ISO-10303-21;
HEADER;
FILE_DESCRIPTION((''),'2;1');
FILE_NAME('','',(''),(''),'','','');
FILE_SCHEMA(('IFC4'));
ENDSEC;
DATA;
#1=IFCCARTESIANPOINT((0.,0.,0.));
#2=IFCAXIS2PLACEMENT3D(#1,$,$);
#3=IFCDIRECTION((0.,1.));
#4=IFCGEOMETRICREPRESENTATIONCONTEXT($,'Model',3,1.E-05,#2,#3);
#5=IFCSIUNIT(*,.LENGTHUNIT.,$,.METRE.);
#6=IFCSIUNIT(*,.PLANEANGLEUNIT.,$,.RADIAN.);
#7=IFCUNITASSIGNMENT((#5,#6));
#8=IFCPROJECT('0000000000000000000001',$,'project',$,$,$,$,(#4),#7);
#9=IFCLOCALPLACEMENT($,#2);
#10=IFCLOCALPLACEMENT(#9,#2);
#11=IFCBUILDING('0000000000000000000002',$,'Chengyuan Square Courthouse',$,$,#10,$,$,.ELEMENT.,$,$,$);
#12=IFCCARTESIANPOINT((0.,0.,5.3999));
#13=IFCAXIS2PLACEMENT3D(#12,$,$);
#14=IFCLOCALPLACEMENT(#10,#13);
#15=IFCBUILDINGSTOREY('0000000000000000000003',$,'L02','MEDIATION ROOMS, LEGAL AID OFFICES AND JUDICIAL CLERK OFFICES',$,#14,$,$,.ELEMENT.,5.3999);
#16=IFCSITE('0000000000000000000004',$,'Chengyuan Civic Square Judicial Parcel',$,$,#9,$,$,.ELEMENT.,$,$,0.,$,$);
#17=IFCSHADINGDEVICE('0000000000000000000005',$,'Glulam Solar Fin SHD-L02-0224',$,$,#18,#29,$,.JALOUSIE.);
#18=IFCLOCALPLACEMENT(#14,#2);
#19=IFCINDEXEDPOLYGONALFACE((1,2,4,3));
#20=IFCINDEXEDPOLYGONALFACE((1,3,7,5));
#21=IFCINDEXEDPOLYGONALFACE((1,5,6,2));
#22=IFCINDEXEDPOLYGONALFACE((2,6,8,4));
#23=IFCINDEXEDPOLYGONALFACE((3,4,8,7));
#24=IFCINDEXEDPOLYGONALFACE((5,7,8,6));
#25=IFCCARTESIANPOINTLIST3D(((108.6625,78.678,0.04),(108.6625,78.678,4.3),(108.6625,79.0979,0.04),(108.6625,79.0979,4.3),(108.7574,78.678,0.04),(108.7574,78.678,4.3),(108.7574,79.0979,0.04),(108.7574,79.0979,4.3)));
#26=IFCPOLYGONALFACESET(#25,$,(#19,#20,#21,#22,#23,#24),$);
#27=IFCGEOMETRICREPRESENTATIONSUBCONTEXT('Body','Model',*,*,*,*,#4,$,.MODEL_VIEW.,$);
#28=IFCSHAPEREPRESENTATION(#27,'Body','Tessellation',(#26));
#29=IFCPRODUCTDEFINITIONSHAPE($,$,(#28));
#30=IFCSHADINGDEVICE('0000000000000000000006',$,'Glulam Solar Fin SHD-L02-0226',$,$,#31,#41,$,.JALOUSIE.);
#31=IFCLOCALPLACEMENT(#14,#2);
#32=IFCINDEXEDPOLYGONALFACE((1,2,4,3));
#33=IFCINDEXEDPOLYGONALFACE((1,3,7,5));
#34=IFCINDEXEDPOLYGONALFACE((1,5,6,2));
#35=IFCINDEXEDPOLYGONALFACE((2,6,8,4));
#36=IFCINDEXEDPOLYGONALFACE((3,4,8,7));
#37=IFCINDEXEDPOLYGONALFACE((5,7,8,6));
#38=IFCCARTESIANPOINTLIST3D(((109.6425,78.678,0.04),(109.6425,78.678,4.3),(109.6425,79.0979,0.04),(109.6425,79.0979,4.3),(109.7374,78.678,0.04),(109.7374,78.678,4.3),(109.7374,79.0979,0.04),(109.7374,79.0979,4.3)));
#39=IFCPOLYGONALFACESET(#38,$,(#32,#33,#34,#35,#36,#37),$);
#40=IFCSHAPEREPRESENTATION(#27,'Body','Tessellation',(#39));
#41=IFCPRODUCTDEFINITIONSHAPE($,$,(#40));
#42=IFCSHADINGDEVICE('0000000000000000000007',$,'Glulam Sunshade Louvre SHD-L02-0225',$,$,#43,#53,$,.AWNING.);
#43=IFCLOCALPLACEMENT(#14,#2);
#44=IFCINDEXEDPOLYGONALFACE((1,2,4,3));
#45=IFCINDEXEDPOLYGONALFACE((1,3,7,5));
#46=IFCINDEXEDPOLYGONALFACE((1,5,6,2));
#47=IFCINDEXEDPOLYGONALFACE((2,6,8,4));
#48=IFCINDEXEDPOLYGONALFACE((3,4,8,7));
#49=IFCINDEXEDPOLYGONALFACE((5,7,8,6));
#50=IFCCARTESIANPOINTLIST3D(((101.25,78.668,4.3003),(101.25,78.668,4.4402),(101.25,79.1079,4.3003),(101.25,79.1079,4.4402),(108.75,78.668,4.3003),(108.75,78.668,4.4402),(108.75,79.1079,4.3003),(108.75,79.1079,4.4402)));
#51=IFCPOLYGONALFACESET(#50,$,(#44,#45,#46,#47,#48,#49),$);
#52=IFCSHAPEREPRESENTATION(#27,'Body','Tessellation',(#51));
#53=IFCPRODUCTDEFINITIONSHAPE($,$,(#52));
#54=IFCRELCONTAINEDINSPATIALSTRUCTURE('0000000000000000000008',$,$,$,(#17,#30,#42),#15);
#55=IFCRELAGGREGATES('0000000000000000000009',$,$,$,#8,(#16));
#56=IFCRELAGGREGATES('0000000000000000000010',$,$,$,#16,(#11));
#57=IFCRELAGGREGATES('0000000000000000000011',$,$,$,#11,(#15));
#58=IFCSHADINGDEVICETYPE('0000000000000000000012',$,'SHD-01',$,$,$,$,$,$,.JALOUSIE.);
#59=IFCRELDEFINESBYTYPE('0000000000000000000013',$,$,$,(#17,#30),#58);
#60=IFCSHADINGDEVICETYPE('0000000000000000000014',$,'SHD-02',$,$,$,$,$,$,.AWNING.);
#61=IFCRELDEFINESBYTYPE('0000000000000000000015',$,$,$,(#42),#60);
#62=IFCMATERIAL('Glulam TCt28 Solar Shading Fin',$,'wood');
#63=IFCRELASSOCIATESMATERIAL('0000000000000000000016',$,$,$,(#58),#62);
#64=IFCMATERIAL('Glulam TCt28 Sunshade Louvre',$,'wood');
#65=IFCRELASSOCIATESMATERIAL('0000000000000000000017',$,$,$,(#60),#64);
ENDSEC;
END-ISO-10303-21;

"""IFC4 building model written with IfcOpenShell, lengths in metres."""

from ifc_helpers import new_model, si_unit, direction, frame, origin, origin_2d, place, context, subcontext, project, spatial, rectangle, extrude, material, type_object, element, save


model = new_model("IFC4")

# Units and contexts
model_context = context("Model", 3, precision=1e-05, world=origin(), true_north=direction((0.0, 1.0)))
body_context = subcontext(model_context, "Body", "Model", "MODEL_VIEW")
ifc_project = project(units=[si_unit("LENGTHUNIT", "METRE"), si_unit("PLANEANGLEUNIT", "RADIAN")], contexts=[model_context])

# Site, building, storey
site_placement = place(None, origin())
site = spatial("IfcSite", under=ifc_project, at=site_placement, Name="Chengyuan Civic Square Judicial Parcel", CompositionType="ELEMENT", RefElevation=0.0)
building_placement = place(site_placement, origin())
building = spatial("IfcBuilding", under=site, at=building_placement, Name="Chengyuan Square Courthouse", CompositionType="ELEMENT")
storey_placement = place(building_placement, frame((0.0, 0.0, 5.3999)))
storey = spatial("IfcBuildingStorey", under=building, at=storey_placement, Name="L02", Description="MEDIATION ROOMS, LEGAL AID OFFICES AND JUDICIAL CLERK OFFICES", CompositionType="ELEMENT", Elevation=5.3999)

# Shading devices
ifc_material_1 = material(Name="Glulam TCt28 Solar Shading Fin", Category="wood")
shading_device_type_1 = type_object("IfcShadingDeviceType", Name="SHD-01", PredefinedType="JALOUSIE", material=ifc_material_1)
for number, where, z_axis, x_axis, name in (
    (1, (108.71, 78.8879, 0.04), (0.0, 0.0, 1.0), (0.0, 1.0, 0.0), "Glulam Solar Fin SHD-L02-0224"),
    (2, (109.6899, 78.8879, 0.04), (0.0, 0.0, 1.0), (0.0, 1.0, 0.0), "Glulam Solar Fin SHD-L02-0226"),
):
    element("IfcShadingDevice", number, at=place(storey_placement, frame(where, z_axis=z_axis, x_axis=x_axis)), inside=storey, type_object=shading_device_type_1, Name=name, PredefinedType="JALOUSIE", context=body_context, shape_type="SweptSolid", body=[
        extrude(rectangle(XDim=0.4199, YDim=0.095, at=origin_2d()), origin(), (0.0, 0.0, 1.0), 4.26),
    ])
ifc_material_2 = material(Name="Glulam TCt28 Sunshade Louvre", Category="wood")
shading_device_type_2 = type_object("IfcShadingDeviceType", Name="SHD-02", PredefinedType="AWNING", material=ifc_material_2)
shading_device_placement = place(storey_placement, frame((105.0, 78.8879, 4.3003), z_axis=(0.0, 0.0, 1.0), x_axis=(1.0, 0.0, 0.0)))
element("IfcShadingDevice", 3, at=shading_device_placement, inside=storey, type_object=shading_device_type_2, Name="Glulam Sunshade Louvre SHD-L02-0225", PredefinedType="AWNING", context=body_context, shape_type="SweptSolid", body=[
    extrude(rectangle(XDim=7.5, YDim=0.4399, at=origin_2d()), origin(), (0.0, 0.0, 1.0), 0.1399),
])

save(model, "model.ifc")
